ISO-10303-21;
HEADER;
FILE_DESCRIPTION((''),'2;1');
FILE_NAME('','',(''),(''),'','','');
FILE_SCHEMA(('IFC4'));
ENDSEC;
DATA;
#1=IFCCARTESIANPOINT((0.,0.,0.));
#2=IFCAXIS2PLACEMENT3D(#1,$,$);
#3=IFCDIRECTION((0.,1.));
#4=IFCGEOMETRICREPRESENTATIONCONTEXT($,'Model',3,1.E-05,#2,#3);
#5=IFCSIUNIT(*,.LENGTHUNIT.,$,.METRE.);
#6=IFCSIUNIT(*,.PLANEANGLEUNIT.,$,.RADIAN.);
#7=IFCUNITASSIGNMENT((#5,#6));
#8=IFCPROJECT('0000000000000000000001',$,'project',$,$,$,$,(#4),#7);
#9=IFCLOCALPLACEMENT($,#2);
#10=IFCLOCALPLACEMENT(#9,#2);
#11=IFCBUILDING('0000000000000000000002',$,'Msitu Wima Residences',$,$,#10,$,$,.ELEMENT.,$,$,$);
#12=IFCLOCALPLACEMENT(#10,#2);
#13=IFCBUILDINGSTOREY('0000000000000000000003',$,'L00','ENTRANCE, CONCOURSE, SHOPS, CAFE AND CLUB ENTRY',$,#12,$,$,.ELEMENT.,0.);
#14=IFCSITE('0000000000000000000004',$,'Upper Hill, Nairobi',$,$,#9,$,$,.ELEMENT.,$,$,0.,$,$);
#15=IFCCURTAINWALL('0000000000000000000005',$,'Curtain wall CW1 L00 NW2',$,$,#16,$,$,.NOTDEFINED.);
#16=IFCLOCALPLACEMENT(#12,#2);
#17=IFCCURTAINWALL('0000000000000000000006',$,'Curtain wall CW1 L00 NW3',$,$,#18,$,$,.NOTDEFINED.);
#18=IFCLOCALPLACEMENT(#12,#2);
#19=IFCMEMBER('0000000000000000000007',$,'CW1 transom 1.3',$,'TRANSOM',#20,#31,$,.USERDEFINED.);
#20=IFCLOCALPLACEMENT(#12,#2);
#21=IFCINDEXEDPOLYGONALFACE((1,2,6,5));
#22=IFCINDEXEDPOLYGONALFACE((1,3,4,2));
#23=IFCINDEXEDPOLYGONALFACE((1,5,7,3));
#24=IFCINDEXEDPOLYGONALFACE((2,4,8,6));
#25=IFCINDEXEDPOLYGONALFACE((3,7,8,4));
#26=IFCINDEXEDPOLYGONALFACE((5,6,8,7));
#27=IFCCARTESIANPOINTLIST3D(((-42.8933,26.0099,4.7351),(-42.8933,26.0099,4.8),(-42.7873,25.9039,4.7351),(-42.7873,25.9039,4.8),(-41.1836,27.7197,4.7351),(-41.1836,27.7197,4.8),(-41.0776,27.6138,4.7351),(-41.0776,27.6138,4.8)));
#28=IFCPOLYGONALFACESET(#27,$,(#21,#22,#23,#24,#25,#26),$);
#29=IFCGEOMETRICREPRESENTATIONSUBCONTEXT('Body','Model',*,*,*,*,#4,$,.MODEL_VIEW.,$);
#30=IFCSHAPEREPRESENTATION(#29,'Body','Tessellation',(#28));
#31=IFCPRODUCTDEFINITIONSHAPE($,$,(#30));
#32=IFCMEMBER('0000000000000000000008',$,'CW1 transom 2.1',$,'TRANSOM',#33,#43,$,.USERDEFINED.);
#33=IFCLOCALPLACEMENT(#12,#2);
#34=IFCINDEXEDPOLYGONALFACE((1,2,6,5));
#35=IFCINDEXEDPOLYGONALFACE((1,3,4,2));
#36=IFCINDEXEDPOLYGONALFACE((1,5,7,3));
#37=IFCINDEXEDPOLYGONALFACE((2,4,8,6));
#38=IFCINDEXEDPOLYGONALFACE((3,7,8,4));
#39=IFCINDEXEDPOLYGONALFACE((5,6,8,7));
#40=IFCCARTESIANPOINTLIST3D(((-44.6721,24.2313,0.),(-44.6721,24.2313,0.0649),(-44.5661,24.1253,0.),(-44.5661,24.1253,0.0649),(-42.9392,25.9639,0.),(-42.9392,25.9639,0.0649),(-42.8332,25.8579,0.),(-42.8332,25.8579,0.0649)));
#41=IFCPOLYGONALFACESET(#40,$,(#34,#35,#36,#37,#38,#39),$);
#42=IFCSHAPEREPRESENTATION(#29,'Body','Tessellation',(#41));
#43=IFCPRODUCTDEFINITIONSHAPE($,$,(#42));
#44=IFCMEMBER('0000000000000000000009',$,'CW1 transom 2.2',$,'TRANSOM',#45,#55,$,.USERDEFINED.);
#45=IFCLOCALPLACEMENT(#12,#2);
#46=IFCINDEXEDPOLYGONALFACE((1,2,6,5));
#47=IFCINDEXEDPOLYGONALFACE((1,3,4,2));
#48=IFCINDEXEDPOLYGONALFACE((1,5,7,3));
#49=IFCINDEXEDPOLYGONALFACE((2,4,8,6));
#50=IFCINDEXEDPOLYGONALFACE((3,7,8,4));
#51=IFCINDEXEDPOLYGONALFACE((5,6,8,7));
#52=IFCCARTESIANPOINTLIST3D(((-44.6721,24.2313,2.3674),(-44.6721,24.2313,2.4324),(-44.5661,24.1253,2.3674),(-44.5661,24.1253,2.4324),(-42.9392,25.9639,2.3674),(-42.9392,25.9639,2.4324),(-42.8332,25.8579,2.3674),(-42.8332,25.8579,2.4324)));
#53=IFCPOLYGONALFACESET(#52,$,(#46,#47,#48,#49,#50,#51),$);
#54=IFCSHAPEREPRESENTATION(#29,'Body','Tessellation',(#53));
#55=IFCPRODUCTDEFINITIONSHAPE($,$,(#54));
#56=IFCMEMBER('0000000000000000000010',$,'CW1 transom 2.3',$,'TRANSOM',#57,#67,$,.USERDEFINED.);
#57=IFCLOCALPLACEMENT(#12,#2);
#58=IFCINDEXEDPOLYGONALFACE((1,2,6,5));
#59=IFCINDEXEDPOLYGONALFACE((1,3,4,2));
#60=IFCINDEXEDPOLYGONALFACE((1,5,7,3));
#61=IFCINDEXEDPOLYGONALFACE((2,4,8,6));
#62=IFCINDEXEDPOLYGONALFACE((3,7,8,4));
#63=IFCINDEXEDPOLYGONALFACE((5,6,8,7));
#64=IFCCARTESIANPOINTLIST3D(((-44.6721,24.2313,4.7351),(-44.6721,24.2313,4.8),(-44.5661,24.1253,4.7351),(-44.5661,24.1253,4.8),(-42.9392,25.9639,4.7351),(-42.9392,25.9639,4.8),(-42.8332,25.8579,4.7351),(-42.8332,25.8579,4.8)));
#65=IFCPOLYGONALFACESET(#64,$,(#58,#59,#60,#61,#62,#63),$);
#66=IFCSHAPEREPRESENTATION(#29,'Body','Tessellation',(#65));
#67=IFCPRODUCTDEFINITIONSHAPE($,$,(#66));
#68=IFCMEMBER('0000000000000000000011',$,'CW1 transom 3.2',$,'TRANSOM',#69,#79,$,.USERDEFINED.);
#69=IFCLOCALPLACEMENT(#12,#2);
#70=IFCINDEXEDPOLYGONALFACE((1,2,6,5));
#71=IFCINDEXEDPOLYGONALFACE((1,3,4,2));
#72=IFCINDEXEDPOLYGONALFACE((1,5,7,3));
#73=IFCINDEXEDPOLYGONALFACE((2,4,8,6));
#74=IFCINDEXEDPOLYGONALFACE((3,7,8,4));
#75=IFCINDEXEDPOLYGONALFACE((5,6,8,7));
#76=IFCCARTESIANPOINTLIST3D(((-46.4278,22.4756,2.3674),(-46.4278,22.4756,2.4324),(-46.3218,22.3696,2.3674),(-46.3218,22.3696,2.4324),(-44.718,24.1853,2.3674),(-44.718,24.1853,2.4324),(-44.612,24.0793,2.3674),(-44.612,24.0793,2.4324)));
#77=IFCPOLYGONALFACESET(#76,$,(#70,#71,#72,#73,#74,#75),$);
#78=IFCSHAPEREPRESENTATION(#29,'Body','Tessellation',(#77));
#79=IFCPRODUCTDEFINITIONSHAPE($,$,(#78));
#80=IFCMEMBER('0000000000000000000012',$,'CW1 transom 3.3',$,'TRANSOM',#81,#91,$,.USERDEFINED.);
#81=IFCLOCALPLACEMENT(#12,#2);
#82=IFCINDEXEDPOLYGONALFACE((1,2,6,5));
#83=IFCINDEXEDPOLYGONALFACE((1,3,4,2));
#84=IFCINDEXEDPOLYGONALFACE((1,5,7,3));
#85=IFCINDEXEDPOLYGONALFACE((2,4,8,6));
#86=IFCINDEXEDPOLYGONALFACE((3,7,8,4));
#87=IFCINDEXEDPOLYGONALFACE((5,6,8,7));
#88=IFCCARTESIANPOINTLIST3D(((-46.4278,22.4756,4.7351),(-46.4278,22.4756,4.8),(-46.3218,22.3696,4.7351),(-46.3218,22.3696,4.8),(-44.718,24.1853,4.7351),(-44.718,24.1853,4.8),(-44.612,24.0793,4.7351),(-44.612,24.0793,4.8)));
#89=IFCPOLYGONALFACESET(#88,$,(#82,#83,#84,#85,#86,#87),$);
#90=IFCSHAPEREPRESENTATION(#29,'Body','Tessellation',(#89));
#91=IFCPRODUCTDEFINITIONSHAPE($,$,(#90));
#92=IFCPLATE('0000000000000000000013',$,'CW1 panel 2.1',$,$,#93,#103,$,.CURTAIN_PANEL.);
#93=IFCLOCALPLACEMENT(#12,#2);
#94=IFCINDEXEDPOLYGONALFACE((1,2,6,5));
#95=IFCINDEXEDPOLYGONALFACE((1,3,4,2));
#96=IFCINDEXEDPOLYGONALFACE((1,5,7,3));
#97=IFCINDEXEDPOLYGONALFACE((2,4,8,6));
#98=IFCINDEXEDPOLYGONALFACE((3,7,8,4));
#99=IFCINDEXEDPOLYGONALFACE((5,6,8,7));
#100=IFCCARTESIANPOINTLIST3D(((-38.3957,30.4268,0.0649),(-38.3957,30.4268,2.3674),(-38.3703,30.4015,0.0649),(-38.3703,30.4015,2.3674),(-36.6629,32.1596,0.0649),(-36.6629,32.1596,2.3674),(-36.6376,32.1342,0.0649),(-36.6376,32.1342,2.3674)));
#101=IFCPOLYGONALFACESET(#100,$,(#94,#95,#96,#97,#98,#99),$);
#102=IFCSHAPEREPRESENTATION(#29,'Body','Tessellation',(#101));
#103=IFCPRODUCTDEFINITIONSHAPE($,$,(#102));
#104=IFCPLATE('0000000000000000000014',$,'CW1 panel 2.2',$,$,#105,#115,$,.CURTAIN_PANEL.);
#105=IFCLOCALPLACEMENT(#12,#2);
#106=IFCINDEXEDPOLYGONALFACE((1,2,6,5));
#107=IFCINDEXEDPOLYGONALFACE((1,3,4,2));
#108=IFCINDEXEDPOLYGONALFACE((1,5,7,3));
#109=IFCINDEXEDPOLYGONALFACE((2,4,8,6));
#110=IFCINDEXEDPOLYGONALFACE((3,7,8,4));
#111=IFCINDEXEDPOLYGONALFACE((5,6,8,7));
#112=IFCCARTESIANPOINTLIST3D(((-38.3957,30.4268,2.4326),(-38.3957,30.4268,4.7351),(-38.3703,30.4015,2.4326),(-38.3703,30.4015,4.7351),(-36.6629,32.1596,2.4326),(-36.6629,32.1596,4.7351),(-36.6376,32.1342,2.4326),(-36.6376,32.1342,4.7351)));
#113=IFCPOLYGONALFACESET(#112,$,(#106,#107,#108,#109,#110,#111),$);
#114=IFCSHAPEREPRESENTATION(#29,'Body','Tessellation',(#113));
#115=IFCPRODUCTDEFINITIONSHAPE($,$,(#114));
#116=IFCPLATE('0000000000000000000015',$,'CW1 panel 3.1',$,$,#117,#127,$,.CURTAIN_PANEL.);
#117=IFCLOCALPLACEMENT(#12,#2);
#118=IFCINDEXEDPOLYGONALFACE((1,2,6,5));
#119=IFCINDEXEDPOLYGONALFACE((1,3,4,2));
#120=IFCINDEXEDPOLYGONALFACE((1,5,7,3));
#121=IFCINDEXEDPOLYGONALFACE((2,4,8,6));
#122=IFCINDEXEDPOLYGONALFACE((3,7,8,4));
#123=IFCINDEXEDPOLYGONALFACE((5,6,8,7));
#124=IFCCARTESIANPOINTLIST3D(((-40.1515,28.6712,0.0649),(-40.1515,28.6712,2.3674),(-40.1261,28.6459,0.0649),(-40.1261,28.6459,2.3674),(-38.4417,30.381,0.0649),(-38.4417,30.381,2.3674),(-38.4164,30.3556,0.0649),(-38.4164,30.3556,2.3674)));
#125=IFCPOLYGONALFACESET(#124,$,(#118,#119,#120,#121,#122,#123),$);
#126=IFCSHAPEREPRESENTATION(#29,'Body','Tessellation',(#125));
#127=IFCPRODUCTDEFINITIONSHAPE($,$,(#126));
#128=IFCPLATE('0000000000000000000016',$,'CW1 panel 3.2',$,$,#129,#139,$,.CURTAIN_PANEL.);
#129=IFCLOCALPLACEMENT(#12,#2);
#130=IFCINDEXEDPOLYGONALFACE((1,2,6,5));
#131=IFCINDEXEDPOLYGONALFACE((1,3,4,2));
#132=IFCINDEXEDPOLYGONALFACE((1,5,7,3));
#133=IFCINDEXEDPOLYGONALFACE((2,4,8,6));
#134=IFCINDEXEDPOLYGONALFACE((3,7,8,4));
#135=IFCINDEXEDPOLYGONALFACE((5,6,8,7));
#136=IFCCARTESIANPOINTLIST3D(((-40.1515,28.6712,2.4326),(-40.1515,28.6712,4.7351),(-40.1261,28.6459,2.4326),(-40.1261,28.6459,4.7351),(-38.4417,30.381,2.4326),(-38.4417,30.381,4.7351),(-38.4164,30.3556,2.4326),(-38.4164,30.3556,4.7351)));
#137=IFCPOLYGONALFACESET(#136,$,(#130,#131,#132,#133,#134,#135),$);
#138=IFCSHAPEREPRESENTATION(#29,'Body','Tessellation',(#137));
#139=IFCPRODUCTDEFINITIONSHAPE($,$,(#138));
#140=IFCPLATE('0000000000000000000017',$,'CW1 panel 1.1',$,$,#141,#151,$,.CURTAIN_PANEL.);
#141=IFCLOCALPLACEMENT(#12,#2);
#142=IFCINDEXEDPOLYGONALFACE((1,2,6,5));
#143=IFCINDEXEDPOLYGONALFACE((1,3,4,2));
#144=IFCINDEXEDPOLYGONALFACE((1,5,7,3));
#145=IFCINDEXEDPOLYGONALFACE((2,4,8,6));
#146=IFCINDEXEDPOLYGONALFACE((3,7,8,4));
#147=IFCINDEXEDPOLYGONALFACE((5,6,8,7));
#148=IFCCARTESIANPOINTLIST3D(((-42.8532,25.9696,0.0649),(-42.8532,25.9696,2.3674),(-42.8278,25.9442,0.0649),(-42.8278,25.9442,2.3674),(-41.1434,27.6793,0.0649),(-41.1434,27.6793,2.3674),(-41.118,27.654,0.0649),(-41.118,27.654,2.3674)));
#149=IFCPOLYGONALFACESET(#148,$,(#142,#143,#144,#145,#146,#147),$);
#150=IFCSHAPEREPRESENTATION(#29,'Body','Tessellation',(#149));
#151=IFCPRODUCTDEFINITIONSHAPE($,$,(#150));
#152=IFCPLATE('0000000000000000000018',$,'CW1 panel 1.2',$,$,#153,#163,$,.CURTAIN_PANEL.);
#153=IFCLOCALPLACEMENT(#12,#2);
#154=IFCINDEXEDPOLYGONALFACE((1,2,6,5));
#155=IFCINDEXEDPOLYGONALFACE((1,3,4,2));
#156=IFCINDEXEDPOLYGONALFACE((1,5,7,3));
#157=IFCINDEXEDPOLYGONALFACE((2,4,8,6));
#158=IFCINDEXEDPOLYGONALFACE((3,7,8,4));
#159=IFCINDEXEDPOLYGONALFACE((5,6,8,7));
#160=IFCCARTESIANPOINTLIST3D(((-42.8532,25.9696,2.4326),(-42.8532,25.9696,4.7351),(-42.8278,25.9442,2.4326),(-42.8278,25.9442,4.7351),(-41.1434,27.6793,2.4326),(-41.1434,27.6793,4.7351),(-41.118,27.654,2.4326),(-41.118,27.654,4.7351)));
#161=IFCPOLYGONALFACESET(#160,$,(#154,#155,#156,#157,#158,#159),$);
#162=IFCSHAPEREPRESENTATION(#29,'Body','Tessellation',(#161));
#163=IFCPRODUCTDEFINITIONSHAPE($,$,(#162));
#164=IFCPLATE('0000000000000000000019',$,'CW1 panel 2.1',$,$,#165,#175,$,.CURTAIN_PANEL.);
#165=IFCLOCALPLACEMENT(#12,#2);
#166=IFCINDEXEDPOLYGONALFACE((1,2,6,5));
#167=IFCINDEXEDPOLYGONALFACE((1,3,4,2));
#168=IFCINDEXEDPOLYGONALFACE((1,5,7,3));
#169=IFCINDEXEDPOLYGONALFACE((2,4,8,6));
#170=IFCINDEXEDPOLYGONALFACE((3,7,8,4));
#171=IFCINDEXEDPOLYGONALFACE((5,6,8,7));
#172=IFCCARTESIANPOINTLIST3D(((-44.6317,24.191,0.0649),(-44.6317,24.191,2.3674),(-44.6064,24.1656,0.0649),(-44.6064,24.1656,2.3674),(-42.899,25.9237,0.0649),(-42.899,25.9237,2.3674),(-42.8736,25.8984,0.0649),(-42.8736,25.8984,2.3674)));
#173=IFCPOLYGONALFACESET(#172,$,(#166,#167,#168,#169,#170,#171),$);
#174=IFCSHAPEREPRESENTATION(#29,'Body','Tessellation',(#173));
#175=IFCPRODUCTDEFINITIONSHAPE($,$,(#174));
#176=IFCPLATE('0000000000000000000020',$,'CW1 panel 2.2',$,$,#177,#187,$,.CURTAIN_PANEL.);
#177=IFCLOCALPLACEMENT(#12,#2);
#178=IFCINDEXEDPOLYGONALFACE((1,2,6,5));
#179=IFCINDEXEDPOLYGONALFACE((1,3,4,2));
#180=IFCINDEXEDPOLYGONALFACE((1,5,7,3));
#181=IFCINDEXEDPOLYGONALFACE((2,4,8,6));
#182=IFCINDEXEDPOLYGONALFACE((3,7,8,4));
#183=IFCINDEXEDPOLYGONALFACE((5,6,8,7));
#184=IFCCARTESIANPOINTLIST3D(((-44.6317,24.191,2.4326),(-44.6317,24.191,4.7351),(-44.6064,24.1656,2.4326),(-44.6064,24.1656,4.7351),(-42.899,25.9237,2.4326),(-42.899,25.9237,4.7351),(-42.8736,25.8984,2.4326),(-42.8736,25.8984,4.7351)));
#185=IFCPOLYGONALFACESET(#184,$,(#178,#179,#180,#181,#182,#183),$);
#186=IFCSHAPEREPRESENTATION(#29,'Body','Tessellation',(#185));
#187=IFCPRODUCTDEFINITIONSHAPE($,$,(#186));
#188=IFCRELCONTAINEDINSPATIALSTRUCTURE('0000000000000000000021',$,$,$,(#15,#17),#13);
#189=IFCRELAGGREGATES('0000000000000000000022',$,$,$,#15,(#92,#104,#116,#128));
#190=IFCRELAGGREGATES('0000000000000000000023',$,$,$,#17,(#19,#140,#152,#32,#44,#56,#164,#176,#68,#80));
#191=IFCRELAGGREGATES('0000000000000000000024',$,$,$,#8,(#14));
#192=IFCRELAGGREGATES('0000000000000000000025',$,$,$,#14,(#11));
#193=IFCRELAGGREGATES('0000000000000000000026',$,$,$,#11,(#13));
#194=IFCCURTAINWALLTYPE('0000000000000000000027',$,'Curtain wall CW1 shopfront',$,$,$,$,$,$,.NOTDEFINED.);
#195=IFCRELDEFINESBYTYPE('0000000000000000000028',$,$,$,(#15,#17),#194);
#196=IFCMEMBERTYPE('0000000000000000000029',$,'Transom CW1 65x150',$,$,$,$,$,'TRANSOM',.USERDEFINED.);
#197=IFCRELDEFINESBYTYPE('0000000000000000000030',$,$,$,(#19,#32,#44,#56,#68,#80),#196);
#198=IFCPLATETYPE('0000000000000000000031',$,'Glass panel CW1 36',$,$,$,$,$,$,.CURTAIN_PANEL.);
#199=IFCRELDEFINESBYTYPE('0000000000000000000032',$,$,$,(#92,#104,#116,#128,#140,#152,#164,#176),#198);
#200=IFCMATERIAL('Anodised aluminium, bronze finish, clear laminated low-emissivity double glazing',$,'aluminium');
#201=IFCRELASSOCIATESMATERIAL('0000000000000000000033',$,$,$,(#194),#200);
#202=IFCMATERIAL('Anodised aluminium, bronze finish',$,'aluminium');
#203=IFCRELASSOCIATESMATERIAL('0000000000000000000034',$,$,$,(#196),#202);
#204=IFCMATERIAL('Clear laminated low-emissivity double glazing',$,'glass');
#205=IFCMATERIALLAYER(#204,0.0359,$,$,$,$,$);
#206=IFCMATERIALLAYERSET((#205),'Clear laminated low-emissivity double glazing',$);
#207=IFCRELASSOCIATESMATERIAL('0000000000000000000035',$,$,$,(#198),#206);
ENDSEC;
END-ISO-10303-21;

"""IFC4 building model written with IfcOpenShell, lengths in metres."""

from ifc_helpers import new_model, si_unit, direction, frame, origin, origin_2d, place, context, subcontext, project, spatial, rectangle, extrude, material, layer, layer_set, material_profile, profile_set, type_object, element, aggregate, save


model = new_model("IFC4")

# Units and contexts
model_context = context("Model", 3, precision=1e-05, world=origin(), true_north=direction((0.0, 1.0)))
body_context = subcontext(model_context, "Body", "Model", "MODEL_VIEW")
ifc_project = project(units=[si_unit("LENGTHUNIT", "METRE"), si_unit("PLANEANGLEUNIT", "RADIAN")], contexts=[model_context])

# Site, building, storey
site_placement = place(None, origin())
site = spatial("IfcSite", under=ifc_project, at=site_placement, Name="Upper Hill, Nairobi", CompositionType="ELEMENT", RefElevation=0.0)
building_placement = place(site_placement, origin())
building = spatial("IfcBuilding", under=site, at=building_placement, Name="Msitu Wima Residences", CompositionType="ELEMENT")
storey_placement = place(building_placement, origin())
storey = spatial("IfcBuildingStorey", under=building, at=storey_placement, Name="L00", Description="ENTRANCE, CONCOURSE, SHOPS, CAFE AND CLUB ENTRY", CompositionType="ELEMENT", Elevation=0.0)

# Curtain walls
ifc_material_1 = material(Name="Anodised aluminium, bronze finish, clear laminated low-emissivity double glazing", Category="aluminium")
curtain_wall_type = type_object("IfcCurtainWallType", Name="Curtain wall CW1 shopfront", PredefinedType="NOTDEFINED", material=ifc_material_1)
curtain_wall_1_placement = place(storey_placement, origin())
curtain_wall_1 = element("IfcCurtainWall", 1, at=curtain_wall_1_placement, inside=storey, type_object=curtain_wall_type, Name="Curtain wall CW1 L00 NW2", PredefinedType="NOTDEFINED")
ifc_material_2 = material(Name="Anodised aluminium, bronze finish", Category="aluminium")
curtain_wall_2_placement = place(storey_placement, origin())
curtain_wall_2 = element("IfcCurtainWall", 2, at=curtain_wall_2_placement, inside=storey, type_object=curtain_wall_type, Name="Curtain wall CW1 L00 NW3", PredefinedType="NOTDEFINED")

# Members
ifc_material_profile_1 = material_profile(ifc_material_2, rectangle(XDim=0.1499, YDim=0.0649, at=origin_2d()), Name="Transom 65x150")
ifc_profile_set_1 = profile_set([ifc_material_profile_1], Name="Anodised aluminium, bronze finish")
member_type_1 = type_object("IfcMemberType", Name="Transom CW1 65x150", ElementType="TRANSOM", PredefinedType="USERDEFINED", material=ifc_profile_set_1)
member_1_placement = place(storey_placement, frame((-41.1306, 27.6667, 4.7676), z_axis=(-0.707056, -0.707157, 0.0), x_axis=(0.707157, -0.707056, 0.0)))
member_1 = element("IfcMember", 3, at=member_1_placement, type_object=member_type_1, Name="CW1 transom 1.3", ObjectType="TRANSOM", PredefinedType="USERDEFINED", context=body_context, shape_type="SweptSolid", body=[
    extrude(rectangle(XDim=0.1499, YDim=0.0649, at=origin_2d()), origin(), (0.0, 0.0, 1.0), 2.418),
])
member_2_placement = place(storey_placement, frame((-42.8862, 25.9109, 0.0325), z_axis=(-0.707157, -0.707057, 0.0), x_axis=(0.707057, -0.707157, 0.0)))
member_2 = element("IfcMember", 4, at=member_2_placement, type_object=member_type_1, Name="CW1 transom 2.1", ObjectType="TRANSOM", PredefinedType="USERDEFINED", context=body_context, shape_type="SweptSolid", body=[
    extrude(rectangle(XDim=0.1499, YDim=0.0649, at=origin_2d()), origin(), (0.0, 0.0, 1.0), 2.4504),
])
member_3_placement = place(storey_placement, frame((-42.8862, 25.9109, 2.3999), z_axis=(-0.707157, -0.707057, 0.0), x_axis=(0.707057, -0.707157, 0.0)))
member_3 = element("IfcMember", 5, at=member_3_placement, type_object=member_type_1, Name="CW1 transom 2.2", ObjectType="TRANSOM", PredefinedType="USERDEFINED", context=body_context, shape_type="SweptSolid", body=[
    extrude(rectangle(XDim=0.1499, YDim=0.0649, at=origin_2d()), origin(), (0.0, 0.0, 1.0), 2.4504),
])
member_4_placement = place(storey_placement, frame((-42.8862, 25.9109, 4.7676), z_axis=(-0.707157, -0.707057, 0.0), x_axis=(0.707057, -0.707157, 0.0)))
member_4 = element("IfcMember", 6, at=member_4_placement, type_object=member_type_1, Name="CW1 transom 2.3", ObjectType="TRANSOM", PredefinedType="USERDEFINED", context=body_context, shape_type="SweptSolid", body=[
    extrude(rectangle(XDim=0.1499, YDim=0.0649, at=origin_2d()), origin(), (0.0, 0.0, 1.0), 2.4504),
])
member_5_placement = place(storey_placement, frame((-44.665, 24.1323, 2.3999), z_axis=(-0.707107, -0.707107, 0.0), x_axis=(0.707107, -0.707107, 0.0)))
member_5 = element("IfcMember", 7, at=member_5_placement, type_object=member_type_1, Name="CW1 transom 3.2", ObjectType="TRANSOM", PredefinedType="USERDEFINED", context=body_context, shape_type="SweptSolid", body=[
    extrude(rectangle(XDim=0.1499, YDim=0.0649, at=origin_2d()), origin(), (0.0, 0.0, 1.0), 2.418),
])
member_6_placement = place(storey_placement, frame((-44.665, 24.1323, 4.7676), z_axis=(-0.707107, -0.707107, 0.0), x_axis=(0.707107, -0.707107, 0.0)))
member_6 = element("IfcMember", 8, at=member_6_placement, type_object=member_type_1, Name="CW1 transom 3.3", ObjectType="TRANSOM", PredefinedType="USERDEFINED", context=body_context, shape_type="SweptSolid", body=[
    extrude(rectangle(XDim=0.1499, YDim=0.0649, at=origin_2d()), origin(), (0.0, 0.0, 1.0), 2.418),
])

# Plates
ifc_material_3 = material(Name="Clear laminated low-emissivity double glazing", Category="glass")
ifc_layer_1 = layer(ifc_material_3, 0.0359)
ifc_layer_set_1 = layer_set([ifc_layer_1], Name="Clear laminated low-emissivity double glazing")
plate_type = type_object("IfcPlateType", Name="Glass panel CW1 36", PredefinedType="CURTAIN_PANEL", material=ifc_layer_set_1)
plate_1_placement = place(storey_placement, frame((-37.5166, 31.2805, 0.0649), z_axis=(0.0, 0.0, 1.0), x_axis=(-0.707107, -0.707107, 0.0)))
plate_1 = element("IfcPlate", 9, at=plate_1_placement, type_object=plate_type, Name="CW1 panel 2.1", PredefinedType="CURTAIN_PANEL", context=body_context, shape_type="SweptSolid", body=[
    extrude(rectangle(XDim=2.4504, YDim=0.0359, at=origin_2d()), origin(), (0.0, 0.0, 1.0), 2.3025),
])
plate_2_placement = place(storey_placement, frame((-37.5166, 31.2805, 2.4326), z_axis=(0.0, 0.0, 1.0), x_axis=(-0.707107, -0.707107, 0.0)))
plate_2 = element("IfcPlate", 10, at=plate_2_placement, type_object=plate_type, Name="CW1 panel 2.2", PredefinedType="CURTAIN_PANEL", context=body_context, shape_type="SweptSolid", body=[
    extrude(rectangle(XDim=2.4504, YDim=0.0359, at=origin_2d()), origin(), (0.0, 0.0, 1.0), 2.3025),
])
plate_3_placement = place(storey_placement, frame((-39.2839, 29.5134, 0.0649), z_axis=(0.0, 0.0, 1.0), x_axis=(-0.707107, -0.707107, 0.0)))
plate_3 = element("IfcPlate", 11, at=plate_3_placement, type_object=plate_type, Name="CW1 panel 3.1", PredefinedType="CURTAIN_PANEL", context=body_context, shape_type="SweptSolid", body=[
    extrude(rectangle(XDim=2.418, YDim=0.0359, at=origin_2d()), origin(), (0.0, 0.0, 1.0), 2.3025),
])
plate_4_placement = place(storey_placement, frame((-39.2839, 29.5134, 2.4326), z_axis=(0.0, 0.0, 1.0), x_axis=(-0.707107, -0.707107, 0.0)))
plate_4 = element("IfcPlate", 12, at=plate_4_placement, type_object=plate_type, Name="CW1 panel 3.2", PredefinedType="CURTAIN_PANEL", context=body_context, shape_type="SweptSolid", body=[
    extrude(rectangle(XDim=2.418, YDim=0.0359, at=origin_2d()), origin(), (0.0, 0.0, 1.0), 2.3025),
])
aggregate(curtain_wall_1, [plate_1, plate_2, plate_3, plate_4])
plate_5_placement = place(storey_placement, frame((-41.9856, 26.8118, 0.0649), z_axis=(0.0, 0.0, 1.0), x_axis=(-0.707107, -0.707107, 0.0)))
plate_5 = element("IfcPlate", 13, at=plate_5_placement, type_object=plate_type, Name="CW1 panel 1.1", PredefinedType="CURTAIN_PANEL", context=body_context, shape_type="SweptSolid", body=[
    extrude(rectangle(XDim=2.418, YDim=0.0359, at=origin_2d()), origin(), (0.0, 0.0, 1.0), 2.3025),
])
plate_6_placement = place(storey_placement, frame((-41.9856, 26.8118, 2.4326), z_axis=(0.0, 0.0, 1.0), x_axis=(-0.707107, -0.707107, 0.0)))
plate_6 = element("IfcPlate", 14, at=plate_6_placement, type_object=plate_type, Name="CW1 panel 1.2", PredefinedType="CURTAIN_PANEL", context=body_context, shape_type="SweptSolid", body=[
    extrude(rectangle(XDim=2.418, YDim=0.0359, at=origin_2d()), origin(), (0.0, 0.0, 1.0), 2.3025),
])
plate_7_placement = place(storey_placement, frame((-43.7527, 25.0447, 0.0649), z_axis=(0.0, 0.0, 1.0), x_axis=(-0.707107, -0.707107, 0.0)))
plate_7 = element("IfcPlate", 15, at=plate_7_placement, type_object=plate_type, Name="CW1 panel 2.1", PredefinedType="CURTAIN_PANEL", context=body_context, shape_type="SweptSolid", body=[
    extrude(rectangle(XDim=2.4504, YDim=0.0359, at=origin_2d()), origin(), (0.0, 0.0, 1.0), 2.3025),
])
plate_8_placement = place(storey_placement, frame((-43.7527, 25.0447, 2.4326), z_axis=(0.0, 0.0, 1.0), x_axis=(-0.707107, -0.707107, 0.0)))
plate_8 = element("IfcPlate", 16, at=plate_8_placement, type_object=plate_type, Name="CW1 panel 2.2", PredefinedType="CURTAIN_PANEL", context=body_context, shape_type="SweptSolid", body=[
    extrude(rectangle(XDim=2.4504, YDim=0.0359, at=origin_2d()), origin(), (0.0, 0.0, 1.0), 2.3025),
])
aggregate(curtain_wall_2, [member_1, plate_5, plate_6, member_2, member_3, member_4, plate_7, plate_8, member_5, member_6])

save(model, "model.ifc")
